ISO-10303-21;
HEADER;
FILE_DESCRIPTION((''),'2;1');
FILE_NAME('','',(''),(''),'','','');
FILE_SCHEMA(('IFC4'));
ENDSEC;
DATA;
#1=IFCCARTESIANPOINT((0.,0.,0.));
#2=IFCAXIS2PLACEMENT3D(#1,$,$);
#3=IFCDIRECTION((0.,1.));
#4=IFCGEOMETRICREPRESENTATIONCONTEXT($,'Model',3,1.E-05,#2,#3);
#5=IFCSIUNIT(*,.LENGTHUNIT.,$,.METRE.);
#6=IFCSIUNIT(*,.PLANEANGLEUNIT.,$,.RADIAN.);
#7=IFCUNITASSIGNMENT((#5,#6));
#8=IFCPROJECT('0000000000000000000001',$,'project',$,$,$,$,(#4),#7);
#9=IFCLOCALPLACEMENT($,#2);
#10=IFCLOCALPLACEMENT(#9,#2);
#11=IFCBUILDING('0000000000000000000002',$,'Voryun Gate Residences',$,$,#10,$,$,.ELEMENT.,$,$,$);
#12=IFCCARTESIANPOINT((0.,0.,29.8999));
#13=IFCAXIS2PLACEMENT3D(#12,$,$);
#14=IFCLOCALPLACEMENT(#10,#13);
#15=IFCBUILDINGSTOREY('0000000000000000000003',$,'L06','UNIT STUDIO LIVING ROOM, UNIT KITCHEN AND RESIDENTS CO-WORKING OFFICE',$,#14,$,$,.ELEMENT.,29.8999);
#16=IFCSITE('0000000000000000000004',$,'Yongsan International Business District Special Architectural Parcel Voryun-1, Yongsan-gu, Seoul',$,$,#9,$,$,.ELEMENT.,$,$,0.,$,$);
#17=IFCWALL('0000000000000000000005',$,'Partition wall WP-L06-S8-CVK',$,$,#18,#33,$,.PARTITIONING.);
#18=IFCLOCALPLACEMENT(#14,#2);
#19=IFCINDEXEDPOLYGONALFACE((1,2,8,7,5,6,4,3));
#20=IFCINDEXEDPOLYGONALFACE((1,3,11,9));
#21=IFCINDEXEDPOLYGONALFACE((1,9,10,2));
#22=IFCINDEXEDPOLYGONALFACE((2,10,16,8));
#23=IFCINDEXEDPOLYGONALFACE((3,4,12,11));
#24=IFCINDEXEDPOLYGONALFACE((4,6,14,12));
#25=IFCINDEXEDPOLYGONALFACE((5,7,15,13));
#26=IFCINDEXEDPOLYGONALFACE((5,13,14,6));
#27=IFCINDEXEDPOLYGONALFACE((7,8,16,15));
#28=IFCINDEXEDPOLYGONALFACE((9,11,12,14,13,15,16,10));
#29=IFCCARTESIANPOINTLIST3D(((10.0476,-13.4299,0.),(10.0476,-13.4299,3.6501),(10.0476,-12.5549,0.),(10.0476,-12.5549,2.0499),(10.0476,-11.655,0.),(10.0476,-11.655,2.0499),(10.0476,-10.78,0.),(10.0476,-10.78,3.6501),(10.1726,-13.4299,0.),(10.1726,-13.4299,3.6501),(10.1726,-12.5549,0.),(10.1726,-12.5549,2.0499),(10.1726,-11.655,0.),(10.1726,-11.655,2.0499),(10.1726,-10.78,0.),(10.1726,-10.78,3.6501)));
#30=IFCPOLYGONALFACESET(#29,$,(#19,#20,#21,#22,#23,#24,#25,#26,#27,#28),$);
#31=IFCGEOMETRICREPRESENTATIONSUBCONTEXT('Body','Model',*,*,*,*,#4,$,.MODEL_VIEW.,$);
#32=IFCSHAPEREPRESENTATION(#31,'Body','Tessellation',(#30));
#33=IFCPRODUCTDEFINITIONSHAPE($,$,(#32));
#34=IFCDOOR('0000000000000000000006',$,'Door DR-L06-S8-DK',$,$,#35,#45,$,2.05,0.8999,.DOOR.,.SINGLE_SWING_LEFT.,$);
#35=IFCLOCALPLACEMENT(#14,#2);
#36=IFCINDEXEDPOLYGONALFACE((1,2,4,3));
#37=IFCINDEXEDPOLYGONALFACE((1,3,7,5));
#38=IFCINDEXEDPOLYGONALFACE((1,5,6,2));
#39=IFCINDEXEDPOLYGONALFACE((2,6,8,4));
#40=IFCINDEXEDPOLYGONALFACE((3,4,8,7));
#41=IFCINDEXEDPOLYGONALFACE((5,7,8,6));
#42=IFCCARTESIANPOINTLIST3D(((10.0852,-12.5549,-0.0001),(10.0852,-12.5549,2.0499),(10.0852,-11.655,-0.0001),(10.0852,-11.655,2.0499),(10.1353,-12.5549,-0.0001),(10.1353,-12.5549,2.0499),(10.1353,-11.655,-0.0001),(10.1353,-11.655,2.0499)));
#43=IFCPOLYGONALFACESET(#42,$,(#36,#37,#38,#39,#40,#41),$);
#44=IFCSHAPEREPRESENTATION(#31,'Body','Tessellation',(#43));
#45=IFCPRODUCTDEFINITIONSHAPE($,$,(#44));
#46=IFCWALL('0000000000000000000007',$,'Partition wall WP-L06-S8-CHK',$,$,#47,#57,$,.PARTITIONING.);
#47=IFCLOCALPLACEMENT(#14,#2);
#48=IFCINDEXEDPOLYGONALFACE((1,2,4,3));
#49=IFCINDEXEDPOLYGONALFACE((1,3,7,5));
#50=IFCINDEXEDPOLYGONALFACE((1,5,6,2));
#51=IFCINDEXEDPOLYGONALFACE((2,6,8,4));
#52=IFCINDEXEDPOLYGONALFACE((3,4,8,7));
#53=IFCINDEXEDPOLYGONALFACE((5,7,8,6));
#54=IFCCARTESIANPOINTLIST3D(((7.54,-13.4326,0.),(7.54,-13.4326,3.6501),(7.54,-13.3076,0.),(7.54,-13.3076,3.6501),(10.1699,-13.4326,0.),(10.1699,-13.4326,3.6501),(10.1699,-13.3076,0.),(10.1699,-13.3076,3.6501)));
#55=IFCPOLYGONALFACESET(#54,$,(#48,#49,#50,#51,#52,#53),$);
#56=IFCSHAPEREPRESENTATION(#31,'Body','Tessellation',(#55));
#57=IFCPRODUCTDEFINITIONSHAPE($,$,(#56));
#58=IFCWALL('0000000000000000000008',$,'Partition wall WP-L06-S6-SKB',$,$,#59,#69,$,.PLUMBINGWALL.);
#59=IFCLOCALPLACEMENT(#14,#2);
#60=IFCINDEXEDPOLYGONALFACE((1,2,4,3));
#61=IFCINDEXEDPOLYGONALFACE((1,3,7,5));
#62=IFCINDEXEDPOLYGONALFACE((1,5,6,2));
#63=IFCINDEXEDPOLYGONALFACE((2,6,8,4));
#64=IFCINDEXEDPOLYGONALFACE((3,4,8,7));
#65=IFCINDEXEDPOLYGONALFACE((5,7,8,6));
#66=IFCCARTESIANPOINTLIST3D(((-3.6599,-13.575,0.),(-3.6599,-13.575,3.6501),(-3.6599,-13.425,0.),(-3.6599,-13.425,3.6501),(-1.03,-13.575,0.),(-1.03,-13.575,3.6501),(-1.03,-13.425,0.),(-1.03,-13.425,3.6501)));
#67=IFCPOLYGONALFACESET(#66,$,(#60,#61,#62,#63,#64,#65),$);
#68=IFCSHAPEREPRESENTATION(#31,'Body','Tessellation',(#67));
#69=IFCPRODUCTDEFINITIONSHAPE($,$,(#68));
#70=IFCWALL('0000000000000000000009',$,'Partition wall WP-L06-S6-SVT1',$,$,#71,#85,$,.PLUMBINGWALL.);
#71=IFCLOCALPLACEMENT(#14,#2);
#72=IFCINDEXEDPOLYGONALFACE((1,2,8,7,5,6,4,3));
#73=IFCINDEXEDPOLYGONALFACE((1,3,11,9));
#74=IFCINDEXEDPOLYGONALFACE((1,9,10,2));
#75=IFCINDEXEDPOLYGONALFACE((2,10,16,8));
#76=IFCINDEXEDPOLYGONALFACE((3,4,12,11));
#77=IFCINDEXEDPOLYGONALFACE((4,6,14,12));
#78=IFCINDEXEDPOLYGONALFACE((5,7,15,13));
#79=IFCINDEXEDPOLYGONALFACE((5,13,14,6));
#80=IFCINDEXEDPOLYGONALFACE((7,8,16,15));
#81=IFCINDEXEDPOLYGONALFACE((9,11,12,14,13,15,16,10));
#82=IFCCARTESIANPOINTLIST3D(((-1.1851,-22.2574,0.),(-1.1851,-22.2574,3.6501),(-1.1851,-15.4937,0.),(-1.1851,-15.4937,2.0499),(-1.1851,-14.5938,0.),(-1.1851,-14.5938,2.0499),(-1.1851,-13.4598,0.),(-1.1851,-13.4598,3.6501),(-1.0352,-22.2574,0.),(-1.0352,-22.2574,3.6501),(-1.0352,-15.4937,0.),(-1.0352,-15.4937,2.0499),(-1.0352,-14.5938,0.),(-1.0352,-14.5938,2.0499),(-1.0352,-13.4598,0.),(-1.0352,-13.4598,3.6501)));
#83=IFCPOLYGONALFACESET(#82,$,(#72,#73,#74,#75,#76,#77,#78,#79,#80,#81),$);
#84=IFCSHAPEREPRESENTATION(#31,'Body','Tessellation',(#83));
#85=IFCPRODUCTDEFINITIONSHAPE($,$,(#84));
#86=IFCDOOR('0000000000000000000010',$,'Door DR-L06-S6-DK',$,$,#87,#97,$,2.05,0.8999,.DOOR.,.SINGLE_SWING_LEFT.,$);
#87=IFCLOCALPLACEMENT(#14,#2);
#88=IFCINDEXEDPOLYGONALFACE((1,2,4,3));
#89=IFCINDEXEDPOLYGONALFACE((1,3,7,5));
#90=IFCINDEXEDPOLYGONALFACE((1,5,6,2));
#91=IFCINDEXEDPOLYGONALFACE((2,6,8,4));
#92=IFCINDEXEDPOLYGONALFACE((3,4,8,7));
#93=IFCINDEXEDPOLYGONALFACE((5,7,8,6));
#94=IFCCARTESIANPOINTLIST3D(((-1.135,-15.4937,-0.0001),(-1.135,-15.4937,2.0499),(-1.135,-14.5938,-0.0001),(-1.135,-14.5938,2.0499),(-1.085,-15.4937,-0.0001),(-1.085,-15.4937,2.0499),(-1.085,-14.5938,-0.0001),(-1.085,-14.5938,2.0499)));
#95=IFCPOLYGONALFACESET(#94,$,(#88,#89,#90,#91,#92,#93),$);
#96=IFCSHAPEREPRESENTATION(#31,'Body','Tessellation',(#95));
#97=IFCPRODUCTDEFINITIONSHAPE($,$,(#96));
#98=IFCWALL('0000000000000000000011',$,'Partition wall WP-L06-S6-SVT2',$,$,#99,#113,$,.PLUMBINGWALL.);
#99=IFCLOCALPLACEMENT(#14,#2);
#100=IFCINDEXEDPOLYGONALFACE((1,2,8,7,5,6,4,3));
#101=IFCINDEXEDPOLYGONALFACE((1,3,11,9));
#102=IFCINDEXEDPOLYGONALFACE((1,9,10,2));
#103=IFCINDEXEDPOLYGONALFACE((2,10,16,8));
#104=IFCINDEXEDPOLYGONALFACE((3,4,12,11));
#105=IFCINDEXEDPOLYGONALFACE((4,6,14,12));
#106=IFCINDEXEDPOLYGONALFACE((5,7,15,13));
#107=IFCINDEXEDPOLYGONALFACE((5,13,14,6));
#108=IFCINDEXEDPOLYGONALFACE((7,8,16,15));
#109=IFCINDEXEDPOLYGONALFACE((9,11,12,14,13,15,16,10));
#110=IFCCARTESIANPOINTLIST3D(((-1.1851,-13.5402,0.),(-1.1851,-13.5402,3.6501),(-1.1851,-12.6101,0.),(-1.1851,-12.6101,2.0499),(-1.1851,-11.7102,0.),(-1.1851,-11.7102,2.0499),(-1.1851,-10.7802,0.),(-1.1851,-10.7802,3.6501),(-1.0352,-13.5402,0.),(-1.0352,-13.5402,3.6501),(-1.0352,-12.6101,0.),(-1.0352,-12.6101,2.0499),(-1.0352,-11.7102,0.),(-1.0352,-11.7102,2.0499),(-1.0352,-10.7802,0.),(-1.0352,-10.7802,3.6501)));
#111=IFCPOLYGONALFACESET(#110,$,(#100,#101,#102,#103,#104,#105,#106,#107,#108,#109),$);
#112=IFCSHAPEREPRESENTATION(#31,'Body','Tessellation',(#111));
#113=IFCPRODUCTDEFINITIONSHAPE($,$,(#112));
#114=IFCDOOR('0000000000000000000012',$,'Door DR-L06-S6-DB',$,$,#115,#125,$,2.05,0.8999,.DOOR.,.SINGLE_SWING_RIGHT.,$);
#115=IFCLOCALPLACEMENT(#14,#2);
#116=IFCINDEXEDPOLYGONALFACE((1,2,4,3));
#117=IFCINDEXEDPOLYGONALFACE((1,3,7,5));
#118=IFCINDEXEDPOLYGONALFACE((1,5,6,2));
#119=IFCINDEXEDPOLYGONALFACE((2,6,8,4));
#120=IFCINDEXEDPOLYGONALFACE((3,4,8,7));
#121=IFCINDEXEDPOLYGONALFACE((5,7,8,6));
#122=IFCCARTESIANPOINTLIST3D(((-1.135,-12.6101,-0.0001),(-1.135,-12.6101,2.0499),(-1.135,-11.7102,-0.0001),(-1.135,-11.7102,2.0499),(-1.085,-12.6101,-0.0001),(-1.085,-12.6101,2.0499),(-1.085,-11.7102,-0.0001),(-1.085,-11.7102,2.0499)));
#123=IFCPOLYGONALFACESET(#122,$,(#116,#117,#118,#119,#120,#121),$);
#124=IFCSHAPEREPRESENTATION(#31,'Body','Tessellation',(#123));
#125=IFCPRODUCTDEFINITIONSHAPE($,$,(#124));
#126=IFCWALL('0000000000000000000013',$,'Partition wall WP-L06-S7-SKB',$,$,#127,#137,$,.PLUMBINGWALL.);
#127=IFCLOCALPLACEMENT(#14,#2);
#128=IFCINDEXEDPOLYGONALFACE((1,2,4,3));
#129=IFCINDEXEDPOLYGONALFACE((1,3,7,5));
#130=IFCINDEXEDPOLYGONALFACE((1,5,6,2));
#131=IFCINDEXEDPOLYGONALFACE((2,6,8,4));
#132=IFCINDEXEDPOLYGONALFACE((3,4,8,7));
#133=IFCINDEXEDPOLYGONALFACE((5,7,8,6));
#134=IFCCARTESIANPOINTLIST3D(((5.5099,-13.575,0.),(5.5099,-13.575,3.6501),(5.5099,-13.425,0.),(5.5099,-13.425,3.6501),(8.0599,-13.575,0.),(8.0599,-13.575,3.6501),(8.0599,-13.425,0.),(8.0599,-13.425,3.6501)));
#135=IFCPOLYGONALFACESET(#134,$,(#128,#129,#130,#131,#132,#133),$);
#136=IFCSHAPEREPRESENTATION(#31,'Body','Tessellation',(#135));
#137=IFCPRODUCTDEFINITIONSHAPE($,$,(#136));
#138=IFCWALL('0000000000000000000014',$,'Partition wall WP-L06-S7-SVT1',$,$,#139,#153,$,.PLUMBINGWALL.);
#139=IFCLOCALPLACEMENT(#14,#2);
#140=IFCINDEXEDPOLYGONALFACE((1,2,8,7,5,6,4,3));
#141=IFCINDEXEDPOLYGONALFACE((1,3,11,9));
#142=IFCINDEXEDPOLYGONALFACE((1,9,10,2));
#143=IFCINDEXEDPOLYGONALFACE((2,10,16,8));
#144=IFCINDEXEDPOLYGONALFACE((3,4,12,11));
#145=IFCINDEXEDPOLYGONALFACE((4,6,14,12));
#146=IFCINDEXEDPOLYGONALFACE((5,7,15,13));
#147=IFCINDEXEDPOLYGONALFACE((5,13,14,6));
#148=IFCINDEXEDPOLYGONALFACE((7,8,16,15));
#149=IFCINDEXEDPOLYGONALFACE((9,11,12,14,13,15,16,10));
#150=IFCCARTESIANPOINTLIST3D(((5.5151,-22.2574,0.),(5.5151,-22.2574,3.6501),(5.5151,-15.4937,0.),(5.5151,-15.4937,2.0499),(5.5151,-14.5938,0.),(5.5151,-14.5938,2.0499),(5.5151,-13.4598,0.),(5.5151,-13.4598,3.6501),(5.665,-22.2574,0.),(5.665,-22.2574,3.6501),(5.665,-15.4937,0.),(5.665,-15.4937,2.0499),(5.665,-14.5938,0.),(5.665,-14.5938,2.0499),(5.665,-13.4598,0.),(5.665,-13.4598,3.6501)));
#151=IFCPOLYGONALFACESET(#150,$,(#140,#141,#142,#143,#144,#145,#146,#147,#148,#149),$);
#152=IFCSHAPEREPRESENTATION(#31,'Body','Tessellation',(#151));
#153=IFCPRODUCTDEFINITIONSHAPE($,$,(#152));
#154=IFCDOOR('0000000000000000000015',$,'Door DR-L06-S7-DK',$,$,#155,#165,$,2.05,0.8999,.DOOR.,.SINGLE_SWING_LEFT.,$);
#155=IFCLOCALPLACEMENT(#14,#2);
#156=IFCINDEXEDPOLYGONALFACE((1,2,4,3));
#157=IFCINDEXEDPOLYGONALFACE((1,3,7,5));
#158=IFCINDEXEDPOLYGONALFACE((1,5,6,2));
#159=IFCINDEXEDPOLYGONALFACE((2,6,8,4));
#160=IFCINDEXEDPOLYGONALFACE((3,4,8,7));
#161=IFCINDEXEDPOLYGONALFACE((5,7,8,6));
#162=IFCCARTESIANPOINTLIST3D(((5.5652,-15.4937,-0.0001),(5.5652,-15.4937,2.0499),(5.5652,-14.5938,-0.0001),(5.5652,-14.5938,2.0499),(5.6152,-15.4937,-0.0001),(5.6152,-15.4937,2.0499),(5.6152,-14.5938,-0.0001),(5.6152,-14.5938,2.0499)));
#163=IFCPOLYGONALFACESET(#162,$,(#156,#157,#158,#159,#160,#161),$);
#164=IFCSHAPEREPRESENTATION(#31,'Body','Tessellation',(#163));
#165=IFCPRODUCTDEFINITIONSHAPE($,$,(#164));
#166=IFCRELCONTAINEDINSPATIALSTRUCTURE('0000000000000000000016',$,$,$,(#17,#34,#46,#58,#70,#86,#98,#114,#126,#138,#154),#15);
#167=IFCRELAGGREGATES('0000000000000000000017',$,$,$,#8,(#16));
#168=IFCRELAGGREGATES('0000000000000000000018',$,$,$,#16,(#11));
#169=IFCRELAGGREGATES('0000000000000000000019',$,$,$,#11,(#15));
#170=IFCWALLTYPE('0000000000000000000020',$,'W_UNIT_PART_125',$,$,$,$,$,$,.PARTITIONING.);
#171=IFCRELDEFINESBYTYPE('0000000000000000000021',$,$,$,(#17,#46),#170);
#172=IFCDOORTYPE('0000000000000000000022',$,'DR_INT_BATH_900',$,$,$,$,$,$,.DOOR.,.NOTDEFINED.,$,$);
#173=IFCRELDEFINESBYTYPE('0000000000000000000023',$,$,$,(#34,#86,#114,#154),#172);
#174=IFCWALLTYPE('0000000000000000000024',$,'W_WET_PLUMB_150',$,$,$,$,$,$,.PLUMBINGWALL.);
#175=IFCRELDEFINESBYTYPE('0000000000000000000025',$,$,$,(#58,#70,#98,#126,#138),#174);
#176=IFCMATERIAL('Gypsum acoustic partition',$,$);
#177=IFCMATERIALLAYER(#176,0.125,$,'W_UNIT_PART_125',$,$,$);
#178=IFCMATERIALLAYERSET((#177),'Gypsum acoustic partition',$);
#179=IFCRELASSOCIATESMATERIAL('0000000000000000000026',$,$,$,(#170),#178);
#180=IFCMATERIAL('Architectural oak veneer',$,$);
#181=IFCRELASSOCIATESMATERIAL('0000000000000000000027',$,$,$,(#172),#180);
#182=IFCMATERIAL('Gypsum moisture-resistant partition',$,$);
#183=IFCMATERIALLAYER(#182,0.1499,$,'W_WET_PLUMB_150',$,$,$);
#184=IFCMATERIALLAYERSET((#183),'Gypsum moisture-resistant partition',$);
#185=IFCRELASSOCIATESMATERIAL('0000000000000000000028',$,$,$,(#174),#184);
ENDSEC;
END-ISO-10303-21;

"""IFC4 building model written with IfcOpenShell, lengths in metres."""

from ifc_helpers import new_model, si_unit, direction, frame, frame_2d, origin, place, context, subcontext, project, spatial, rectangle, extrude, material, layer, layer_set, type_object, element, fill, save


model = new_model("IFC4")

# Units and contexts
model_context = context("Model", 3, precision=1e-05, world=origin(), true_north=direction((0.0, 1.0)))
body_context = subcontext(model_context, "Body", "Model", "MODEL_VIEW")
ifc_project = project(units=[si_unit("LENGTHUNIT", "METRE"), si_unit("PLANEANGLEUNIT", "RADIAN")], contexts=[model_context])

# Site, building, storey
site_placement = place(None, origin())
site = spatial("IfcSite", under=ifc_project, at=site_placement, Name="Yongsan International Business District Special Architectural Parcel Voryun-1, Yongsan-gu, Seoul", CompositionType="ELEMENT", RefElevation=0.0)
building_placement = place(site_placement, origin())
building = spatial("IfcBuilding", under=site, at=building_placement, Name="Voryun Gate Residences", CompositionType="ELEMENT")
storey_placement = place(building_placement, frame((0.0, 0.0, 29.8999)))
storey = spatial("IfcBuildingStorey", under=building, at=storey_placement, Name="L06", Description="UNIT STUDIO LIVING ROOM, UNIT KITCHEN AND RESIDENTS CO-WORKING OFFICE", CompositionType="ELEMENT", Elevation=29.8999)

# Wall, opening, door
ifc_material_1 = material(Name="Gypsum acoustic partition")
ifc_layer_1 = layer(ifc_material_1, 0.125, Name="W_UNIT_PART_125")
ifc_layer_set_1 = layer_set([ifc_layer_1], Name="Gypsum acoustic partition")
wall_type_1 = type_object("IfcWallType", Name="W_UNIT_PART_125", PredefinedType="PARTITIONING", material=ifc_layer_set_1)
wall_1_placement = place(storey_placement, frame((10.1101, -13.4299, 0.0), z_axis=(0.0, 0.0, 1.0), x_axis=(0.0, 1.0, 0.0)))
wall_1 = element("IfcWall", 1, at=wall_1_placement, inside=storey, type_object=wall_type_1, Name="Partition wall WP-L06-S8-CVK", PredefinedType="PARTITIONING", context=body_context, shape_type="SweptSolid", body=[
    extrude(rectangle(XDim=2.6499, YDim=0.125, at=frame_2d((1.325, 0.0))), origin(), (0.0, 0.0, 1.0), 3.6501),
])
opening_1_placement = place(wall_1_placement, frame((0.875, 0.0, 0.0)))
opening_1 = element("IfcOpeningElement", 2, at=opening_1_placement, cuts=wall_1, PredefinedType="OPENING", context=body_context, shape_type="SweptSolid", body=[
    extrude(rectangle(XDim=0.8999, YDim=2.05, at=frame_2d((0.45, 1.0249))), frame((0.0, 0.0725, 0.0), z_axis=(0.0, -1.0, 0.0), x_axis=(1.0, 0.0, 0.0)), (0.0, 0.0, 1.0), 0.145),
])
ifc_material_2 = material(Name="Architectural oak veneer")
door_type = type_object("IfcDoorType", Name="DR_INT_BATH_900", OperationType="NOTDEFINED", PredefinedType="DOOR", material=ifc_material_2)
door_1_placement = place(opening_1_placement, origin())
door_1 = element("IfcDoor", 3, at=door_1_placement, inside=storey, type_object=door_type, Name="Door DR-L06-S8-DK", OperationType="SINGLE_SWING_LEFT", OverallHeight=2.05, OverallWidth=0.8999, PredefinedType="DOOR", context=body_context, shape_type="SweptSolid", body=[
    extrude(rectangle(XDim=0.8999, YDim=2.05, at=frame_2d((0.45, 1.0249))), frame((0.0, 0.0249, 0.0), z_axis=(0.0, -1.0, 0.0), x_axis=(1.0, 0.0, 0.0)), (0.0, 0.0, 1.0), 0.05),
])
fill(opening_1, door_1)

# Walls
wall_2_placement = place(storey_placement, frame((7.54, -13.3701, 0.0), z_axis=(0.0, 0.0, 1.0), x_axis=(1.0, 0.0, 0.0)))
element("IfcWall", 4, at=wall_2_placement, inside=storey, type_object=wall_type_1, Name="Partition wall WP-L06-S8-CHK", PredefinedType="PARTITIONING", context=body_context, shape_type="SweptSolid", body=[
    extrude(rectangle(XDim=2.6299, YDim=0.125, at=frame_2d((1.3149, 0.0))), origin(), (0.0, 0.0, 1.0), 3.6501),
])
ifc_material_3 = material(Name="Gypsum moisture-resistant partition")
ifc_layer_2 = layer(ifc_material_3, 0.1499, Name="W_WET_PLUMB_150")
ifc_layer_set_2 = layer_set([ifc_layer_2], Name="Gypsum moisture-resistant partition")
wall_type_2 = type_object("IfcWallType", Name="W_WET_PLUMB_150", PredefinedType="PLUMBINGWALL", material=ifc_layer_set_2)
wall_3_placement = place(storey_placement, frame((-3.6599, -13.5, 0.0), z_axis=(0.0, 0.0, 1.0), x_axis=(1.0, 0.0, 0.0)))
element("IfcWall", 5, at=wall_3_placement, inside=storey, type_object=wall_type_2, Name="Partition wall WP-L06-S6-SKB", PredefinedType="PLUMBINGWALL", context=body_context, shape_type="SweptSolid", body=[
    extrude(rectangle(XDim=2.6299, YDim=0.1499, at=frame_2d((1.3149, 0.0))), origin(), (0.0, 0.0, 1.0), 3.6501),
])

# Walls, openings, doors
wall_4_placement = place(storey_placement, frame((-1.1101, -22.2576, 0.0), z_axis=(0.0, 0.0, 1.0), x_axis=(0.0, 1.0, 0.0)))
wall_4 = element("IfcWall", 6, at=wall_4_placement, inside=storey, type_object=wall_type_2, Name="Partition wall WP-L06-S6-SVT1", PredefinedType="PLUMBINGWALL", context=body_context, shape_type="SweptSolid", body=[
    extrude(rectangle(XDim=8.7976, YDim=0.1499, at=frame_2d((4.3989, 0.0))), origin(), (0.0, 0.0, 1.0), 3.6501),
])
opening_2_placement = place(wall_4_placement, frame((6.7639, 0.0, 0.0)))
opening_2 = element("IfcOpeningElement", 7, at=opening_2_placement, cuts=wall_4, PredefinedType="OPENING", context=body_context, shape_type="SweptSolid", body=[
    extrude(rectangle(XDim=0.8999, YDim=2.05, at=frame_2d((0.45, 1.0249))), frame((0.0, 0.085, 0.0), z_axis=(0.0, -1.0, 0.0), x_axis=(1.0, 0.0, 0.0)), (0.0, 0.0, 1.0), 0.1699),
])
door_2_placement = place(opening_2_placement, origin())
door_2 = element("IfcDoor", 8, at=door_2_placement, inside=storey, type_object=door_type, Name="Door DR-L06-S6-DK", OperationType="SINGLE_SWING_LEFT", OverallHeight=2.05, OverallWidth=0.8999, PredefinedType="DOOR", context=body_context, shape_type="SweptSolid", body=[
    extrude(rectangle(XDim=0.8999, YDim=2.05, at=frame_2d((0.45, 1.0249))), frame((0.0, 0.0249, 0.0), z_axis=(0.0, -1.0, 0.0), x_axis=(1.0, 0.0, 0.0)), (0.0, 0.0, 1.0), 0.05),
])
fill(opening_2, door_2)
wall_5_placement = place(storey_placement, frame((-1.1101, -13.54, 0.0), z_axis=(0.0, 0.0, 1.0), x_axis=(0.0, 1.0, 0.0)))
wall_5 = element("IfcWall", 9, at=wall_5_placement, inside=storey, type_object=wall_type_2, Name="Partition wall WP-L06-S6-SVT2", PredefinedType="PLUMBINGWALL", context=body_context, shape_type="SweptSolid", body=[
    extrude(rectangle(XDim=2.76, YDim=0.1499, at=frame_2d((1.3799, 0.0))), origin(), (0.0, 0.0, 1.0), 3.6501),
])
opening_3_placement = place(wall_5_placement, frame((0.9299, 0.0, 0.0)))
opening_3 = element("IfcOpeningElement", 10, at=opening_3_placement, cuts=wall_5, PredefinedType="OPENING", context=body_context, shape_type="SweptSolid", body=[
    extrude(rectangle(XDim=0.8999, YDim=2.05, at=frame_2d((0.45, 1.0249))), frame((0.0, 0.085, 0.0), z_axis=(0.0, -1.0, 0.0), x_axis=(1.0, 0.0, 0.0)), (0.0, 0.0, 1.0), 0.1699),
])
door_3_placement = place(opening_3_placement, origin())
door_3 = element("IfcDoor", 11, at=door_3_placement, inside=storey, type_object=door_type, Name="Door DR-L06-S6-DB", OperationType="SINGLE_SWING_RIGHT", OverallHeight=2.05, OverallWidth=0.8999, PredefinedType="DOOR", context=body_context, shape_type="SweptSolid", body=[
    extrude(rectangle(XDim=0.8999, YDim=2.05, at=frame_2d((0.45, 1.0249))), frame((0.0, 0.0249, 0.0), z_axis=(0.0, -1.0, 0.0), x_axis=(1.0, 0.0, 0.0)), (0.0, 0.0, 1.0), 0.05),
])
fill(opening_3, door_3)

# Wall
wall_6_placement = place(storey_placement, frame((5.51, -13.5, 0.0), z_axis=(0.0, 0.0, 1.0), x_axis=(1.0, 0.0, 0.0)))
element("IfcWall", 12, at=wall_6_placement, inside=storey, type_object=wall_type_2, Name="Partition wall WP-L06-S7-SKB", PredefinedType="PLUMBINGWALL", context=body_context, shape_type="SweptSolid", body=[
    extrude(rectangle(XDim=2.55, YDim=0.1499, at=frame_2d((1.2749, 0.0))), origin(), (0.0, 0.0, 1.0), 3.6501),
])

# Wall, opening, door
wall_7_placement = place(storey_placement, frame((5.5901, -22.2576, 0.0), z_axis=(0.0, 0.0, 1.0), x_axis=(0.0, 1.0, 0.0)))
wall_7 = element("IfcWall", 13, at=wall_7_placement, inside=storey, type_object=wall_type_2, Name="Partition wall WP-L06-S7-SVT1", PredefinedType="PLUMBINGWALL", context=body_context, shape_type="SweptSolid", body=[
    extrude(rectangle(XDim=8.7976, YDim=0.1499, at=frame_2d((4.3989, 0.0))), origin(), (0.0, 0.0, 1.0), 3.6501),
])
opening_4_placement = place(wall_7_placement, frame((6.7639, 0.0, 0.0)))
opening_4 = element("IfcOpeningElement", 14, at=opening_4_placement, cuts=wall_7, PredefinedType="OPENING", context=body_context, shape_type="SweptSolid", body=[
    extrude(rectangle(XDim=0.8999, YDim=2.05, at=frame_2d((0.45, 1.0249))), frame((0.0, 0.085, 0.0), z_axis=(0.0, -1.0, 0.0), x_axis=(1.0, 0.0, 0.0)), (0.0, 0.0, 1.0), 0.1699),
])
door_4_placement = place(opening_4_placement, origin())
door_4 = element("IfcDoor", 15, at=door_4_placement, inside=storey, type_object=door_type, Name="Door DR-L06-S7-DK", OperationType="SINGLE_SWING_LEFT", OverallHeight=2.05, OverallWidth=0.8999, PredefinedType="DOOR", context=body_context, shape_type="SweptSolid", body=[
    extrude(rectangle(XDim=0.8999, YDim=2.05, at=frame_2d((0.45, 1.0249))), frame((0.0, 0.0249, 0.0), z_axis=(0.0, -1.0, 0.0), x_axis=(1.0, 0.0, 0.0)), (0.0, 0.0, 1.0), 0.05),
])
fill(opening_4, door_4)

save(model, "model.ifc")
